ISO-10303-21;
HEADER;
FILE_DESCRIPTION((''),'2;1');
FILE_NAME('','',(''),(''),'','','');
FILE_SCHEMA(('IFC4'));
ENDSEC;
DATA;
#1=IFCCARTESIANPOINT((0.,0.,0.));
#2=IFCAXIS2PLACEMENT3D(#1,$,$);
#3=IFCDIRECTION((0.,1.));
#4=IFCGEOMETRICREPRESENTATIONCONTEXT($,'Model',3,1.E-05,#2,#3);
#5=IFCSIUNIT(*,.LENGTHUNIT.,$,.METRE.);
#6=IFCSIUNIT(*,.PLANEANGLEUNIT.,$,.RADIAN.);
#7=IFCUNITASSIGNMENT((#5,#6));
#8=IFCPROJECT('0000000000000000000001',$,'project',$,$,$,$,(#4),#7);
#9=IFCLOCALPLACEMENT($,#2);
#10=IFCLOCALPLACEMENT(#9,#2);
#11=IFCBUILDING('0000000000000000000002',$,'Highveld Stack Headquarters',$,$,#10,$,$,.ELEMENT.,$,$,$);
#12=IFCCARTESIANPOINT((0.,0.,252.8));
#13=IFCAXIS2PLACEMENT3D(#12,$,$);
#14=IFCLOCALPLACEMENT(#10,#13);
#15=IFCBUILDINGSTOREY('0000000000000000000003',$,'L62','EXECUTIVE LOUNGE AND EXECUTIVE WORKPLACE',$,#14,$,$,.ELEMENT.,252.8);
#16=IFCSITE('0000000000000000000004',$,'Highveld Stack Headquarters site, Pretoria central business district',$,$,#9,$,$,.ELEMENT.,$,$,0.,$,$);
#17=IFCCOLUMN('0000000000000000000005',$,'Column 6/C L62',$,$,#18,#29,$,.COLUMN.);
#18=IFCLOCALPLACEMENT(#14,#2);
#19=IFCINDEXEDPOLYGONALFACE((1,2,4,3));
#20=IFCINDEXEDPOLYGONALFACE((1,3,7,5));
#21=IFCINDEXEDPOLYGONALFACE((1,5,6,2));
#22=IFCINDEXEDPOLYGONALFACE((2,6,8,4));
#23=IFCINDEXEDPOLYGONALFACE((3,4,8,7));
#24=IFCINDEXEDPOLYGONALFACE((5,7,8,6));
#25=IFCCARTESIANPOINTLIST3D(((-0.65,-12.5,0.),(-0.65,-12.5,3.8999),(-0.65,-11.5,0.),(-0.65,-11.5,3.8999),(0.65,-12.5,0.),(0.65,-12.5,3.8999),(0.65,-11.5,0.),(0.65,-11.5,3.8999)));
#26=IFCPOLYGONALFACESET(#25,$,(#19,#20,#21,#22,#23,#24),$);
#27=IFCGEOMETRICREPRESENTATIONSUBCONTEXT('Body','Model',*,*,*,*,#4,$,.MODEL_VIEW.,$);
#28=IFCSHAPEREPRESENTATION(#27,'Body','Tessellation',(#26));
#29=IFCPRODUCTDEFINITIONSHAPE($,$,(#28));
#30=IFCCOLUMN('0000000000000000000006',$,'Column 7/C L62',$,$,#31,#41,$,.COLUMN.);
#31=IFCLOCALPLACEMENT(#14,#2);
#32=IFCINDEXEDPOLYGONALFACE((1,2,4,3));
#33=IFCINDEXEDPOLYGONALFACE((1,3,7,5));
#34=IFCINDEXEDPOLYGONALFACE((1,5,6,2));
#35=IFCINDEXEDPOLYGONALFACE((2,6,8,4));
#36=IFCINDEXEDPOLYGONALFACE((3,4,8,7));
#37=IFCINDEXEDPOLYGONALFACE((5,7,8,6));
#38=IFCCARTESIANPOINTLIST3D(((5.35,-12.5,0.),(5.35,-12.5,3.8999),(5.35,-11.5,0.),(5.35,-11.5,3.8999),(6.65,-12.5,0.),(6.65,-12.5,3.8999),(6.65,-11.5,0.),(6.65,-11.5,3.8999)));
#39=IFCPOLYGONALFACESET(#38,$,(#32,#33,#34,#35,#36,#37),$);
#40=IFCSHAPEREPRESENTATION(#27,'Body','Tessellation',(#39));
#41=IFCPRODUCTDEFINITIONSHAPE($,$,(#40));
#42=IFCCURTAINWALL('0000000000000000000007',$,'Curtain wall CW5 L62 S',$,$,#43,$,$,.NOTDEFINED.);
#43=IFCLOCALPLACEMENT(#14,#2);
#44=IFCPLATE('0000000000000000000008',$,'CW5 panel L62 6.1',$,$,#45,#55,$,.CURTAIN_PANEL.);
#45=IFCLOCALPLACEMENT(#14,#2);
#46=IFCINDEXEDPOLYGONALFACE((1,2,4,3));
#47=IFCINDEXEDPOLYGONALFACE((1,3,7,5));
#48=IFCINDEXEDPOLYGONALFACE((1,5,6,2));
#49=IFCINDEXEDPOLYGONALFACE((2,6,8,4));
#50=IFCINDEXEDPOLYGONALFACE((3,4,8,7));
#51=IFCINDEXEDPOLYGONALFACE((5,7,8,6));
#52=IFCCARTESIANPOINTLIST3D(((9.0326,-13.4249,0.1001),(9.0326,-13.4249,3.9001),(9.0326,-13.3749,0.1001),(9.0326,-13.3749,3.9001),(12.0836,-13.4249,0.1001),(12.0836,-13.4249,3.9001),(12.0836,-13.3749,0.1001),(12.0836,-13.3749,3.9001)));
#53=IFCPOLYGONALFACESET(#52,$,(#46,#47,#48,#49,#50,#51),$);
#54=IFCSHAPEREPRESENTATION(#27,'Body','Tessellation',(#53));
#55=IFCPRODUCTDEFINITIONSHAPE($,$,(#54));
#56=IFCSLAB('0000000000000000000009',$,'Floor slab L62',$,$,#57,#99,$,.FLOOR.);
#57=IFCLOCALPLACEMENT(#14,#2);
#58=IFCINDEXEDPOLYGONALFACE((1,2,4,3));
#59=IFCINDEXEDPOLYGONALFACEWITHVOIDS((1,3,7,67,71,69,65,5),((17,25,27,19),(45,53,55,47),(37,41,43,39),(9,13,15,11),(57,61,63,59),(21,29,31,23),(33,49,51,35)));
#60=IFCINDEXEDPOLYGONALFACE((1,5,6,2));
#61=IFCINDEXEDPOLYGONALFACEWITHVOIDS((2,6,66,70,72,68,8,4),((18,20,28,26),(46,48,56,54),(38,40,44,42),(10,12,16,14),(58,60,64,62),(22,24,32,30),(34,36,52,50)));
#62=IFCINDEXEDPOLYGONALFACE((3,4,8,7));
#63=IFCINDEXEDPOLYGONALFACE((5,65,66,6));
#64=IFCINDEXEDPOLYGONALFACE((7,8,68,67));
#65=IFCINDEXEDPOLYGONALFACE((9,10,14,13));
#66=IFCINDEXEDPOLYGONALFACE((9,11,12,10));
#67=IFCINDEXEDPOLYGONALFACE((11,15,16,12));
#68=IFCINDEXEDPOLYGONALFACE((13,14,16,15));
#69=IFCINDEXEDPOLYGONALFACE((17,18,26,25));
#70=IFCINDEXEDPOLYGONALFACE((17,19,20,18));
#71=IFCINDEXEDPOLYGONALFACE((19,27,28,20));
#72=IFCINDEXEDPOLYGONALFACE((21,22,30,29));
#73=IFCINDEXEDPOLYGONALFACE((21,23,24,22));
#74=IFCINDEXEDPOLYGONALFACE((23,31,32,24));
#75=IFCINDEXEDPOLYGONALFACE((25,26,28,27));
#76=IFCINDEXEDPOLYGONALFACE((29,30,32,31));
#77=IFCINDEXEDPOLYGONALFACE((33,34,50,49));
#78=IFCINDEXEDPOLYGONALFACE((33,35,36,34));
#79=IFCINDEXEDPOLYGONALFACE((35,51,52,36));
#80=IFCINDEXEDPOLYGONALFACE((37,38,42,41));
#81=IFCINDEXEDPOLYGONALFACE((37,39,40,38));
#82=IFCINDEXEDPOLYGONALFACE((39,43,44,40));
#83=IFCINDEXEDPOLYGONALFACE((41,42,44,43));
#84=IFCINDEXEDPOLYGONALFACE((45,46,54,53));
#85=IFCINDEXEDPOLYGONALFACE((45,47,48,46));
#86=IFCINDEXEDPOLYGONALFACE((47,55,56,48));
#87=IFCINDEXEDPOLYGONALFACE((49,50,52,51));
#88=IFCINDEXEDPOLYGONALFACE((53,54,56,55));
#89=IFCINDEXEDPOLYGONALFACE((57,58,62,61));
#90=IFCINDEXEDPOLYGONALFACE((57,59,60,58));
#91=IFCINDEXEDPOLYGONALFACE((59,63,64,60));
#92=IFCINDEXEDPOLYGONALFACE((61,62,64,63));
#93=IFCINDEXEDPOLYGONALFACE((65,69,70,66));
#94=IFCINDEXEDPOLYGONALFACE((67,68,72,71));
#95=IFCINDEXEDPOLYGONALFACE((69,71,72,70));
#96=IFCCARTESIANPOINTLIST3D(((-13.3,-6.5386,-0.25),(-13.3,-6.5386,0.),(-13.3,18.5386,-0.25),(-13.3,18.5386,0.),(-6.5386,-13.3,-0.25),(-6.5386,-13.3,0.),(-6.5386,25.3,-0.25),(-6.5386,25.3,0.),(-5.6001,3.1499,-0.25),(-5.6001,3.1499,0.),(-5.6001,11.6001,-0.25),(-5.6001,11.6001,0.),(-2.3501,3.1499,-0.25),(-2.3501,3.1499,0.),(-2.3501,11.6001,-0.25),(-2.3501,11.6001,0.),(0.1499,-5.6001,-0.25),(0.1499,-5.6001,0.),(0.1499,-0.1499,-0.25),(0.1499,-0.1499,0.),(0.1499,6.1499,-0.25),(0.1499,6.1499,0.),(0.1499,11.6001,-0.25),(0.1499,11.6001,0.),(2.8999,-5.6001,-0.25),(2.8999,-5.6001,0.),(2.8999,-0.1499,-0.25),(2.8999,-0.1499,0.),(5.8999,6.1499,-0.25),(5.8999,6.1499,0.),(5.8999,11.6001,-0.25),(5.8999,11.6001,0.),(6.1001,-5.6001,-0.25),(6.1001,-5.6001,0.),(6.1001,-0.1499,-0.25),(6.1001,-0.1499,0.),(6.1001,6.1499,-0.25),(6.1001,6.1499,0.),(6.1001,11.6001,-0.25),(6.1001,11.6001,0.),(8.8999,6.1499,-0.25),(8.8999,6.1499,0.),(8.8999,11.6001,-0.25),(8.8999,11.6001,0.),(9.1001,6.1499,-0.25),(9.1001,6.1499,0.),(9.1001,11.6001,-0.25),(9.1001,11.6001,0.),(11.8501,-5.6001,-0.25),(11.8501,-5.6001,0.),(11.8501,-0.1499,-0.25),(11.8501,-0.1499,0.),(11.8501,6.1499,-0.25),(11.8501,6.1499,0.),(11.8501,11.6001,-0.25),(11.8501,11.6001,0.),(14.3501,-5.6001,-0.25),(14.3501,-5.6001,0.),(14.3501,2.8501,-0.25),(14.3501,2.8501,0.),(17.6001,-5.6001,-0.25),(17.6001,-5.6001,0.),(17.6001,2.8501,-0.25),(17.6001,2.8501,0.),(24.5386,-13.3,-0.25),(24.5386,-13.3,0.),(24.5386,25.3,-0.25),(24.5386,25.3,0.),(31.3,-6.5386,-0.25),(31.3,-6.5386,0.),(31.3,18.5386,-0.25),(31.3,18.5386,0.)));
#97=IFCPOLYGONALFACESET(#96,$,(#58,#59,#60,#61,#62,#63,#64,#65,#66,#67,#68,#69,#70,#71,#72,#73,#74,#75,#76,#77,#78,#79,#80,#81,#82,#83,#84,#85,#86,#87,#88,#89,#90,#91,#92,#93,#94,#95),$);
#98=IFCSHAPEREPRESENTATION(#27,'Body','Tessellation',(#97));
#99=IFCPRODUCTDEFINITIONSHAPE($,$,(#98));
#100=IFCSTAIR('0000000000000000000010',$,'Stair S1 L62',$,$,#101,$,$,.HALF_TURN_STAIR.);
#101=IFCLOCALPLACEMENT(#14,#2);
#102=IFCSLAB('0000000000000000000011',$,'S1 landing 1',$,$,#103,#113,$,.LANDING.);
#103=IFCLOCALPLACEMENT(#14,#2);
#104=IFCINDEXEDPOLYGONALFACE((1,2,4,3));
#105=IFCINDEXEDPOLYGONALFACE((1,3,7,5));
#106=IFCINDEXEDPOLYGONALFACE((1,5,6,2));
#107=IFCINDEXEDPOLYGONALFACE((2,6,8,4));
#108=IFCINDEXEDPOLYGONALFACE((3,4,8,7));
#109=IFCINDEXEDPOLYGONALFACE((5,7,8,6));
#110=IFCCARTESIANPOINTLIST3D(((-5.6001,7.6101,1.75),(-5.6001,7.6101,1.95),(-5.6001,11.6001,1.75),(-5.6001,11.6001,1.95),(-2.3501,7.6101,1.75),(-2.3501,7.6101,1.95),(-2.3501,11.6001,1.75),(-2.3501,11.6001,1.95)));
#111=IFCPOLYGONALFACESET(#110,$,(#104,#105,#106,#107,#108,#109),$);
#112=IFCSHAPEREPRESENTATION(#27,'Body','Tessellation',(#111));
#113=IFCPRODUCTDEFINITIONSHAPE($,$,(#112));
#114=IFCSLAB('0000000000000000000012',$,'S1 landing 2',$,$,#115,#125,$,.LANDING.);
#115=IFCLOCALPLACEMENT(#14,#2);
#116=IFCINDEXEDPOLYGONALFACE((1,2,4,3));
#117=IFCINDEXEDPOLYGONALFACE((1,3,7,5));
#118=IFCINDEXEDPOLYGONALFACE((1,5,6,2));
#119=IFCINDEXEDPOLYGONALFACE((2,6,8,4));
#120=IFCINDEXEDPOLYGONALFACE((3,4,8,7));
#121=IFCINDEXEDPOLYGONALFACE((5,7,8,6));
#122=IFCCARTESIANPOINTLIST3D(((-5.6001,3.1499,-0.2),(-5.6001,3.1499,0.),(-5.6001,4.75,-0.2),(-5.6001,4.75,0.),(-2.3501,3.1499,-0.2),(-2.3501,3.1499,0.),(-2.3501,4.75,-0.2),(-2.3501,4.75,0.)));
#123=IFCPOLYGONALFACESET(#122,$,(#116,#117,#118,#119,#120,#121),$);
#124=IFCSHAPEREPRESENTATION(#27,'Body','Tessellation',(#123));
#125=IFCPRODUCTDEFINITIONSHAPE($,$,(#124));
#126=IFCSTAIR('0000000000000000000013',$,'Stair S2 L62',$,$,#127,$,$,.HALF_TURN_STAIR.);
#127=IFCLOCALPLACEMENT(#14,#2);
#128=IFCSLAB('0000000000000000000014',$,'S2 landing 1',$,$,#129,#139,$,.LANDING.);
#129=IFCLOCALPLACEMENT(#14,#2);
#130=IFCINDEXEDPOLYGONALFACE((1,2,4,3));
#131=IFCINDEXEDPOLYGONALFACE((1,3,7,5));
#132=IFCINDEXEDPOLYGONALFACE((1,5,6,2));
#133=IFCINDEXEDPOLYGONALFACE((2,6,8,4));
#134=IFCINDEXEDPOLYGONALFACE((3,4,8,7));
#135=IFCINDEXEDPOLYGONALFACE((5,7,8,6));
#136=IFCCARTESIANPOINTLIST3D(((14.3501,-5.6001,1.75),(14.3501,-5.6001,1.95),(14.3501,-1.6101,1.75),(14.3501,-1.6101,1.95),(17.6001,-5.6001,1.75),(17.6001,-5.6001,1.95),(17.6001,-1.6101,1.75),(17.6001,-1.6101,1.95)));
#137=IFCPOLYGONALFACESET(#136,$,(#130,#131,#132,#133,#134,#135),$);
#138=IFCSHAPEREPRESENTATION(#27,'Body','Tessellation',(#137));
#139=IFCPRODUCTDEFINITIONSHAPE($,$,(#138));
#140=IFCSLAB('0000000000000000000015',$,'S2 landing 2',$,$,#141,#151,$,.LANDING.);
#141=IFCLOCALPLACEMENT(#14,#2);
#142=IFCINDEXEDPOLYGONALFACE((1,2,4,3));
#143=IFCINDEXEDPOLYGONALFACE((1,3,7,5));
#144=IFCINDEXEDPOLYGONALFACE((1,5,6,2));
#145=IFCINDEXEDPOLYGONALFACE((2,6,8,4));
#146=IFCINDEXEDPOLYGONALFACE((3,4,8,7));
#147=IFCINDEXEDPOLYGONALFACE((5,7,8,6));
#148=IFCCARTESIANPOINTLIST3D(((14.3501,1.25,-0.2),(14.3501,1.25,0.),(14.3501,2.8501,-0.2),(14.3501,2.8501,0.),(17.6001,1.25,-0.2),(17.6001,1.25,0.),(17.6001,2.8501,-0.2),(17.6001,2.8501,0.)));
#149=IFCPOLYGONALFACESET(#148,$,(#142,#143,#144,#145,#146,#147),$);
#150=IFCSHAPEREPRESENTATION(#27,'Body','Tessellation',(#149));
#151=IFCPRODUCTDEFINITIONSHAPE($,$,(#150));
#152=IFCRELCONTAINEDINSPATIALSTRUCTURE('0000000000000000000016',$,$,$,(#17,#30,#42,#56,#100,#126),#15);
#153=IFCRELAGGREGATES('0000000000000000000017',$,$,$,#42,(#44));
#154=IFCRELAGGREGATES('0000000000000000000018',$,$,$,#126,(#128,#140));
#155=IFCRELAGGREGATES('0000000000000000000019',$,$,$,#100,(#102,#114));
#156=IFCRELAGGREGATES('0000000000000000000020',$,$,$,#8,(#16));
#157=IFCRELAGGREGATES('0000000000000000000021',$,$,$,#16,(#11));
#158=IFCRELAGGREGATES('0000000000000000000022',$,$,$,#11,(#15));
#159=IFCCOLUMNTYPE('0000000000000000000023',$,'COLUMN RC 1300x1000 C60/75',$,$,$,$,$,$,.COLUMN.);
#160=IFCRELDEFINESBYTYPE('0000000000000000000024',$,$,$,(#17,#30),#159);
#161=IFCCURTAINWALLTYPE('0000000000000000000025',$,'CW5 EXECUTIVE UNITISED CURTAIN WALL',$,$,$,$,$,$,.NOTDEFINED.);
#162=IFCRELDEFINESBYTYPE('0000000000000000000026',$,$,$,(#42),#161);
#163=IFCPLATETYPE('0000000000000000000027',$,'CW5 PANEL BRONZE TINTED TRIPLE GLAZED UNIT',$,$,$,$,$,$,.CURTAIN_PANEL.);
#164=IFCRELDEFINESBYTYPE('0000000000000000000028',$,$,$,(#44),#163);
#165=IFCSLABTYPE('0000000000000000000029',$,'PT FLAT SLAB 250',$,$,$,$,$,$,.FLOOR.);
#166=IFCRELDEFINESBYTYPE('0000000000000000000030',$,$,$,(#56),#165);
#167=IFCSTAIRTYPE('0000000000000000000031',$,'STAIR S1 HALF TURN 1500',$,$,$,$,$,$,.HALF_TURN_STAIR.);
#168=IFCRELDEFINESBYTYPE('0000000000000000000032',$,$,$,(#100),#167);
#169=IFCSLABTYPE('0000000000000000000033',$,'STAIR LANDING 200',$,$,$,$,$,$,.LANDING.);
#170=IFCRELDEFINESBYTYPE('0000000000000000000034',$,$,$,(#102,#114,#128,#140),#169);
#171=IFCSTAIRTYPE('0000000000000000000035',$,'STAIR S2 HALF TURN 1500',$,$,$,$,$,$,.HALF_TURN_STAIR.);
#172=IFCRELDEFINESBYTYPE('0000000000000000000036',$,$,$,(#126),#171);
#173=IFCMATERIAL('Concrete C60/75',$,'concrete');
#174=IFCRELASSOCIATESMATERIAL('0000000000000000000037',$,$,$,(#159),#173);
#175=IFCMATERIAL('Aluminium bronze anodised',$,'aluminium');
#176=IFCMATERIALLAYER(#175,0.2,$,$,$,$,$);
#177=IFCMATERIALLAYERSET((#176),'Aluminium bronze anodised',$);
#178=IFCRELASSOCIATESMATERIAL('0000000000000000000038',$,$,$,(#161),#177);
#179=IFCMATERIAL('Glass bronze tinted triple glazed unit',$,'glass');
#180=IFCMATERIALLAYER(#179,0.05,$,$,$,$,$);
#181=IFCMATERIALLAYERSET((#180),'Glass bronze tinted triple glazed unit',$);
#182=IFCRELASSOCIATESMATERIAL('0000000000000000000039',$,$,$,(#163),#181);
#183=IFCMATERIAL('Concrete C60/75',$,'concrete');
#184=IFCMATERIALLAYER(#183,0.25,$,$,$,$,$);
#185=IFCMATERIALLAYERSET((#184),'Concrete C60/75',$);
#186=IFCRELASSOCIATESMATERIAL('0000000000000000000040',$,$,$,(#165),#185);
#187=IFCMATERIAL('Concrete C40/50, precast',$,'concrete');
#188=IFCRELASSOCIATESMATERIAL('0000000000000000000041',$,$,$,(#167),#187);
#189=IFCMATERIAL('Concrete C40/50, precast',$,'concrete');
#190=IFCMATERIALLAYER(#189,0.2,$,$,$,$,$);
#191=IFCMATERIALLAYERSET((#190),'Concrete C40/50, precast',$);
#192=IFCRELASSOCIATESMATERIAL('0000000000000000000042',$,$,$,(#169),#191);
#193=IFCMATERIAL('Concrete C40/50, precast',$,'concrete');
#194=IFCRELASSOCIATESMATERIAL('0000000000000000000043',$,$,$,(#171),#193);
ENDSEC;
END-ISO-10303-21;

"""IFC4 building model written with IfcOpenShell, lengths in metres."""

from ifc_helpers import new_model, si_unit, direction, frame, origin, origin_2d, place, context, subcontext, project, spatial, polyline, rectangle, outline, extrude, material, layer, layer_set, material_profile, profile_set, type_object, element, aggregate, save


model = new_model("IFC4")

# Units and contexts
model_context = context("Model", 3, precision=1e-05, world=origin(), true_north=direction((0.0, 1.0)))
body_context = subcontext(model_context, "Body", "Model", "MODEL_VIEW")
ifc_project = project(units=[si_unit("LENGTHUNIT", "METRE"), si_unit("PLANEANGLEUNIT", "RADIAN")], contexts=[model_context])

# Site, building, storey
site_placement = place(None, origin())
site = spatial("IfcSite", under=ifc_project, at=site_placement, Name="Highveld Stack Headquarters site, Pretoria central business district", CompositionType="ELEMENT", RefElevation=0.0)
building_placement = place(site_placement, origin())
building = spatial("IfcBuilding", under=site, at=building_placement, Name="Highveld Stack Headquarters", CompositionType="ELEMENT")
storey_placement = place(building_placement, frame((0.0, 0.0, 252.8)))
storey = spatial("IfcBuildingStorey", under=building, at=storey_placement, Name="L62", Description="EXECUTIVE LOUNGE AND EXECUTIVE WORKPLACE", CompositionType="ELEMENT", Elevation=252.8)

# Columns
ifc_material_1 = material(Name="Concrete C60/75", Category="concrete")
ifc_material_profile = material_profile(ifc_material_1, rectangle(XDim=1.3, YDim=1.0, at=origin_2d()), Name="RC 1300x1000")
ifc_profile_set = profile_set([ifc_material_profile], Name="Concrete C60/75")
column_type = type_object("IfcColumnType", Name="COLUMN RC 1300x1000 C60/75", PredefinedType="COLUMN", material=ifc_profile_set)
for number, where, z_axis, x_axis, name in (
    (1, (0.0, -12.0, 0.0), (0.0, 0.0, 1.0), (1.0, 0.0, 0.0), "Column 6/C L62"),
    (2, (6.0, -12.0, 0.0), (0.0, 0.0, 1.0), (1.0, 0.0, 0.0), "Column 7/C L62"),
):
    element("IfcColumn", number, at=place(storey_placement, frame(where, z_axis=z_axis, x_axis=x_axis)), inside=storey, type_object=column_type, Name=name, PredefinedType="COLUMN", context=body_context, shape_type="SweptSolid", body=[
        extrude(rectangle(XDim=1.3, YDim=1.0, at=origin_2d()), origin(), (0.0, 0.0, 1.0), 3.8999),
    ])

# Curtain wall, plate
ifc_material_2 = material(Name="Aluminium bronze anodised", Category="aluminium")
ifc_layer_1 = layer(ifc_material_2, 0.2)
ifc_layer_set_1 = layer_set([ifc_layer_1], Name="Aluminium bronze anodised")
curtain_wall_type = type_object("IfcCurtainWallType", Name="CW5 EXECUTIVE UNITISED CURTAIN WALL", PredefinedType="NOTDEFINED", material=ifc_layer_set_1)
curtain_wall_placement = place(storey_placement, origin())
curtain_wall = element("IfcCurtainWall", 3, at=curtain_wall_placement, inside=storey, type_object=curtain_wall_type, Name="Curtain wall CW5 L62 S", PredefinedType="NOTDEFINED")
ifc_material_3 = material(Name="Glass bronze tinted triple glazed unit", Category="glass")
ifc_layer_2 = layer(ifc_material_3, 0.05)
ifc_layer_set_2 = layer_set([ifc_layer_2], Name="Glass bronze tinted triple glazed unit")
plate_type = type_object("IfcPlateType", Name="CW5 PANEL BRONZE TINTED TRIPLE GLAZED UNIT", PredefinedType="CURTAIN_PANEL", material=ifc_layer_set_2)
plate_placement = place(storey_placement, frame((10.5581, -13.3999, 0.1001), z_axis=(0.0, 0.0, 1.0), x_axis=(1.0, 0.0, 0.0)))
plate = element("IfcPlate", 4, at=plate_placement, type_object=plate_type, Name="CW5 panel L62 6.1", PredefinedType="CURTAIN_PANEL", context=body_context, shape_type="SweptSolid", body=[
    extrude(rectangle(XDim=3.051, YDim=0.05, at=origin_2d()), origin(), (0.0, 0.0, 1.0), 3.8),
])
aggregate(curtain_wall, [plate])

# Slab
ifc_material_4 = material(Name="Concrete C60/75", Category="concrete")
ifc_layer_3 = layer(ifc_material_4, 0.25)
ifc_layer_set_3 = layer_set([ifc_layer_3], Name="Concrete C60/75")
slab_type_1 = type_object("IfcSlabType", Name="PT FLAT SLAB 250", PredefinedType="FLOOR", material=ifc_layer_set_3)
slab_1_placement = place(storey_placement, frame((0.0, 0.0, -0.25)))
element("IfcSlab", 5, at=slab_1_placement, inside=storey, type_object=slab_type_1, Name="Floor slab L62", PredefinedType="FLOOR", context=body_context, shape_type="SweptSolid", body=[
    extrude(outline(polyline([(-6.5386, -13.3), (24.5386, -13.3), (31.3, -6.5386), (31.3, 18.5386), (24.5386, 25.3), (-6.5386, 25.3), (-13.3, 18.5386), (-13.3, -6.5386), (-6.5386, -13.3)]), holes=[polyline([(0.1499, 6.1499), (5.8999, 6.1499), (5.8999, 11.6001), (0.1499, 11.6001), (0.1499, 6.1499)]), polyline([(9.1001, 6.1499), (11.8501, 6.1499), (11.8501, 11.6001), (9.1001, 11.6001), (9.1001, 6.1499)]), polyline([(6.1001, 6.1499), (8.8999, 6.1499), (8.8999, 11.6001), (6.1001, 11.6001), (6.1001, 6.1499)]), polyline([(6.1001, -5.6001), (11.8501, -5.6001), (11.8501, -0.1499), (6.1001, -0.1499), (6.1001, -5.6001)]), polyline([(0.1499, -5.6001), (2.8999, -5.6001), (2.8999, -0.1499), (0.1499, -0.1499), (0.1499, -5.6001)]), polyline([(-5.6001, 3.1499), (-2.3501, 3.1499), (-2.3501, 11.6001), (-5.6001, 11.6001), (-5.6001, 3.1499)]), polyline([(14.3501, -5.6001), (17.6001, -5.6001), (17.6001, 2.8501), (14.3501, 2.8501), (14.3501, -5.6001)])]), origin(), (0.0, 0.0, 1.0), 0.25),
])

# Stairs, slabs
ifc_material_5 = material(Name="Concrete C40/50, precast", Category="concrete")
stair_type_1 = type_object("IfcStairType", Name="STAIR S1 HALF TURN 1500", PredefinedType="HALF_TURN_STAIR", material=ifc_material_5)
stair_1_placement = place(storey_placement, origin())
stair_1 = element("IfcStair", 6, at=stair_1_placement, inside=storey, type_object=stair_type_1, Name="Stair S1 L62", PredefinedType="HALF_TURN_STAIR")
ifc_material_6 = material(Name="Concrete C40/50, precast", Category="concrete")
ifc_layer_4 = layer(ifc_material_6, 0.2)
ifc_layer_set_4 = layer_set([ifc_layer_4], Name="Concrete C40/50, precast")
slab_type_2 = type_object("IfcSlabType", Name="STAIR LANDING 200", PredefinedType="LANDING", material=ifc_layer_set_4)
slab_2_placement = place(storey_placement, frame((0.0, 0.0, 1.75)))
slab_2 = element("IfcSlab", 7, at=slab_2_placement, type_object=slab_type_2, Name="S1 landing 1", PredefinedType="LANDING", context=body_context, shape_type="SweptSolid", body=[
    extrude(outline(polyline([(-5.6001, 7.6101), (-2.3501, 7.6101), (-2.3501, 11.6001), (-5.6001, 11.6001), (-5.6001, 7.6101)])), origin(), (0.0, 0.0, 1.0), 0.2),
])
slab_3_placement = place(storey_placement, frame((0.0, 0.0, -0.2)))
slab_3 = element("IfcSlab", 8, at=slab_3_placement, type_object=slab_type_2, Name="S1 landing 2", PredefinedType="LANDING", context=body_context, shape_type="SweptSolid", body=[
    extrude(outline(polyline([(-5.6001, 3.1499), (-2.3501, 3.1499), (-2.3501, 4.75), (-5.6001, 4.75), (-5.6001, 3.1499)])), origin(), (0.0, 0.0, 1.0), 0.2),
])
ifc_material_7 = material(Name="Concrete C40/50, precast", Category="concrete")
stair_type_2 = type_object("IfcStairType", Name="STAIR S2 HALF TURN 1500", PredefinedType="HALF_TURN_STAIR", material=ifc_material_7)
stair_2_placement = place(storey_placement, origin())
stair_2 = element("IfcStair", 9, at=stair_2_placement, inside=storey, type_object=stair_type_2, Name="Stair S2 L62", PredefinedType="HALF_TURN_STAIR")
slab_4_placement = place(storey_placement, frame((0.0, 0.0, 1.75)))
slab_4 = element("IfcSlab", 10, at=slab_4_placement, type_object=slab_type_2, Name="S2 landing 1", PredefinedType="LANDING", context=body_context, shape_type="SweptSolid", body=[
    extrude(outline(polyline([(14.3501, -5.6001), (17.6001, -5.6001), (17.6001, -1.6101), (14.3501, -1.6101), (14.3501, -5.6001)])), origin(), (0.0, 0.0, 1.0), 0.2),
])
slab_5_placement = place(storey_placement, frame((0.0, 0.0, -0.2)))
slab_5 = element("IfcSlab", 11, at=slab_5_placement, type_object=slab_type_2, Name="S2 landing 2", PredefinedType="LANDING", context=body_context, shape_type="SweptSolid", body=[
    extrude(outline(polyline([(14.3501, 1.25), (17.6001, 1.25), (17.6001, 2.8501), (14.3501, 2.8501), (14.3501, 1.25)])), origin(), (0.0, 0.0, 1.0), 0.2),
])
aggregate(stair_2, [slab_4, slab_5])

aggregate(stair_1, [slab_2, slab_3])

save(model, "model.ifc")
